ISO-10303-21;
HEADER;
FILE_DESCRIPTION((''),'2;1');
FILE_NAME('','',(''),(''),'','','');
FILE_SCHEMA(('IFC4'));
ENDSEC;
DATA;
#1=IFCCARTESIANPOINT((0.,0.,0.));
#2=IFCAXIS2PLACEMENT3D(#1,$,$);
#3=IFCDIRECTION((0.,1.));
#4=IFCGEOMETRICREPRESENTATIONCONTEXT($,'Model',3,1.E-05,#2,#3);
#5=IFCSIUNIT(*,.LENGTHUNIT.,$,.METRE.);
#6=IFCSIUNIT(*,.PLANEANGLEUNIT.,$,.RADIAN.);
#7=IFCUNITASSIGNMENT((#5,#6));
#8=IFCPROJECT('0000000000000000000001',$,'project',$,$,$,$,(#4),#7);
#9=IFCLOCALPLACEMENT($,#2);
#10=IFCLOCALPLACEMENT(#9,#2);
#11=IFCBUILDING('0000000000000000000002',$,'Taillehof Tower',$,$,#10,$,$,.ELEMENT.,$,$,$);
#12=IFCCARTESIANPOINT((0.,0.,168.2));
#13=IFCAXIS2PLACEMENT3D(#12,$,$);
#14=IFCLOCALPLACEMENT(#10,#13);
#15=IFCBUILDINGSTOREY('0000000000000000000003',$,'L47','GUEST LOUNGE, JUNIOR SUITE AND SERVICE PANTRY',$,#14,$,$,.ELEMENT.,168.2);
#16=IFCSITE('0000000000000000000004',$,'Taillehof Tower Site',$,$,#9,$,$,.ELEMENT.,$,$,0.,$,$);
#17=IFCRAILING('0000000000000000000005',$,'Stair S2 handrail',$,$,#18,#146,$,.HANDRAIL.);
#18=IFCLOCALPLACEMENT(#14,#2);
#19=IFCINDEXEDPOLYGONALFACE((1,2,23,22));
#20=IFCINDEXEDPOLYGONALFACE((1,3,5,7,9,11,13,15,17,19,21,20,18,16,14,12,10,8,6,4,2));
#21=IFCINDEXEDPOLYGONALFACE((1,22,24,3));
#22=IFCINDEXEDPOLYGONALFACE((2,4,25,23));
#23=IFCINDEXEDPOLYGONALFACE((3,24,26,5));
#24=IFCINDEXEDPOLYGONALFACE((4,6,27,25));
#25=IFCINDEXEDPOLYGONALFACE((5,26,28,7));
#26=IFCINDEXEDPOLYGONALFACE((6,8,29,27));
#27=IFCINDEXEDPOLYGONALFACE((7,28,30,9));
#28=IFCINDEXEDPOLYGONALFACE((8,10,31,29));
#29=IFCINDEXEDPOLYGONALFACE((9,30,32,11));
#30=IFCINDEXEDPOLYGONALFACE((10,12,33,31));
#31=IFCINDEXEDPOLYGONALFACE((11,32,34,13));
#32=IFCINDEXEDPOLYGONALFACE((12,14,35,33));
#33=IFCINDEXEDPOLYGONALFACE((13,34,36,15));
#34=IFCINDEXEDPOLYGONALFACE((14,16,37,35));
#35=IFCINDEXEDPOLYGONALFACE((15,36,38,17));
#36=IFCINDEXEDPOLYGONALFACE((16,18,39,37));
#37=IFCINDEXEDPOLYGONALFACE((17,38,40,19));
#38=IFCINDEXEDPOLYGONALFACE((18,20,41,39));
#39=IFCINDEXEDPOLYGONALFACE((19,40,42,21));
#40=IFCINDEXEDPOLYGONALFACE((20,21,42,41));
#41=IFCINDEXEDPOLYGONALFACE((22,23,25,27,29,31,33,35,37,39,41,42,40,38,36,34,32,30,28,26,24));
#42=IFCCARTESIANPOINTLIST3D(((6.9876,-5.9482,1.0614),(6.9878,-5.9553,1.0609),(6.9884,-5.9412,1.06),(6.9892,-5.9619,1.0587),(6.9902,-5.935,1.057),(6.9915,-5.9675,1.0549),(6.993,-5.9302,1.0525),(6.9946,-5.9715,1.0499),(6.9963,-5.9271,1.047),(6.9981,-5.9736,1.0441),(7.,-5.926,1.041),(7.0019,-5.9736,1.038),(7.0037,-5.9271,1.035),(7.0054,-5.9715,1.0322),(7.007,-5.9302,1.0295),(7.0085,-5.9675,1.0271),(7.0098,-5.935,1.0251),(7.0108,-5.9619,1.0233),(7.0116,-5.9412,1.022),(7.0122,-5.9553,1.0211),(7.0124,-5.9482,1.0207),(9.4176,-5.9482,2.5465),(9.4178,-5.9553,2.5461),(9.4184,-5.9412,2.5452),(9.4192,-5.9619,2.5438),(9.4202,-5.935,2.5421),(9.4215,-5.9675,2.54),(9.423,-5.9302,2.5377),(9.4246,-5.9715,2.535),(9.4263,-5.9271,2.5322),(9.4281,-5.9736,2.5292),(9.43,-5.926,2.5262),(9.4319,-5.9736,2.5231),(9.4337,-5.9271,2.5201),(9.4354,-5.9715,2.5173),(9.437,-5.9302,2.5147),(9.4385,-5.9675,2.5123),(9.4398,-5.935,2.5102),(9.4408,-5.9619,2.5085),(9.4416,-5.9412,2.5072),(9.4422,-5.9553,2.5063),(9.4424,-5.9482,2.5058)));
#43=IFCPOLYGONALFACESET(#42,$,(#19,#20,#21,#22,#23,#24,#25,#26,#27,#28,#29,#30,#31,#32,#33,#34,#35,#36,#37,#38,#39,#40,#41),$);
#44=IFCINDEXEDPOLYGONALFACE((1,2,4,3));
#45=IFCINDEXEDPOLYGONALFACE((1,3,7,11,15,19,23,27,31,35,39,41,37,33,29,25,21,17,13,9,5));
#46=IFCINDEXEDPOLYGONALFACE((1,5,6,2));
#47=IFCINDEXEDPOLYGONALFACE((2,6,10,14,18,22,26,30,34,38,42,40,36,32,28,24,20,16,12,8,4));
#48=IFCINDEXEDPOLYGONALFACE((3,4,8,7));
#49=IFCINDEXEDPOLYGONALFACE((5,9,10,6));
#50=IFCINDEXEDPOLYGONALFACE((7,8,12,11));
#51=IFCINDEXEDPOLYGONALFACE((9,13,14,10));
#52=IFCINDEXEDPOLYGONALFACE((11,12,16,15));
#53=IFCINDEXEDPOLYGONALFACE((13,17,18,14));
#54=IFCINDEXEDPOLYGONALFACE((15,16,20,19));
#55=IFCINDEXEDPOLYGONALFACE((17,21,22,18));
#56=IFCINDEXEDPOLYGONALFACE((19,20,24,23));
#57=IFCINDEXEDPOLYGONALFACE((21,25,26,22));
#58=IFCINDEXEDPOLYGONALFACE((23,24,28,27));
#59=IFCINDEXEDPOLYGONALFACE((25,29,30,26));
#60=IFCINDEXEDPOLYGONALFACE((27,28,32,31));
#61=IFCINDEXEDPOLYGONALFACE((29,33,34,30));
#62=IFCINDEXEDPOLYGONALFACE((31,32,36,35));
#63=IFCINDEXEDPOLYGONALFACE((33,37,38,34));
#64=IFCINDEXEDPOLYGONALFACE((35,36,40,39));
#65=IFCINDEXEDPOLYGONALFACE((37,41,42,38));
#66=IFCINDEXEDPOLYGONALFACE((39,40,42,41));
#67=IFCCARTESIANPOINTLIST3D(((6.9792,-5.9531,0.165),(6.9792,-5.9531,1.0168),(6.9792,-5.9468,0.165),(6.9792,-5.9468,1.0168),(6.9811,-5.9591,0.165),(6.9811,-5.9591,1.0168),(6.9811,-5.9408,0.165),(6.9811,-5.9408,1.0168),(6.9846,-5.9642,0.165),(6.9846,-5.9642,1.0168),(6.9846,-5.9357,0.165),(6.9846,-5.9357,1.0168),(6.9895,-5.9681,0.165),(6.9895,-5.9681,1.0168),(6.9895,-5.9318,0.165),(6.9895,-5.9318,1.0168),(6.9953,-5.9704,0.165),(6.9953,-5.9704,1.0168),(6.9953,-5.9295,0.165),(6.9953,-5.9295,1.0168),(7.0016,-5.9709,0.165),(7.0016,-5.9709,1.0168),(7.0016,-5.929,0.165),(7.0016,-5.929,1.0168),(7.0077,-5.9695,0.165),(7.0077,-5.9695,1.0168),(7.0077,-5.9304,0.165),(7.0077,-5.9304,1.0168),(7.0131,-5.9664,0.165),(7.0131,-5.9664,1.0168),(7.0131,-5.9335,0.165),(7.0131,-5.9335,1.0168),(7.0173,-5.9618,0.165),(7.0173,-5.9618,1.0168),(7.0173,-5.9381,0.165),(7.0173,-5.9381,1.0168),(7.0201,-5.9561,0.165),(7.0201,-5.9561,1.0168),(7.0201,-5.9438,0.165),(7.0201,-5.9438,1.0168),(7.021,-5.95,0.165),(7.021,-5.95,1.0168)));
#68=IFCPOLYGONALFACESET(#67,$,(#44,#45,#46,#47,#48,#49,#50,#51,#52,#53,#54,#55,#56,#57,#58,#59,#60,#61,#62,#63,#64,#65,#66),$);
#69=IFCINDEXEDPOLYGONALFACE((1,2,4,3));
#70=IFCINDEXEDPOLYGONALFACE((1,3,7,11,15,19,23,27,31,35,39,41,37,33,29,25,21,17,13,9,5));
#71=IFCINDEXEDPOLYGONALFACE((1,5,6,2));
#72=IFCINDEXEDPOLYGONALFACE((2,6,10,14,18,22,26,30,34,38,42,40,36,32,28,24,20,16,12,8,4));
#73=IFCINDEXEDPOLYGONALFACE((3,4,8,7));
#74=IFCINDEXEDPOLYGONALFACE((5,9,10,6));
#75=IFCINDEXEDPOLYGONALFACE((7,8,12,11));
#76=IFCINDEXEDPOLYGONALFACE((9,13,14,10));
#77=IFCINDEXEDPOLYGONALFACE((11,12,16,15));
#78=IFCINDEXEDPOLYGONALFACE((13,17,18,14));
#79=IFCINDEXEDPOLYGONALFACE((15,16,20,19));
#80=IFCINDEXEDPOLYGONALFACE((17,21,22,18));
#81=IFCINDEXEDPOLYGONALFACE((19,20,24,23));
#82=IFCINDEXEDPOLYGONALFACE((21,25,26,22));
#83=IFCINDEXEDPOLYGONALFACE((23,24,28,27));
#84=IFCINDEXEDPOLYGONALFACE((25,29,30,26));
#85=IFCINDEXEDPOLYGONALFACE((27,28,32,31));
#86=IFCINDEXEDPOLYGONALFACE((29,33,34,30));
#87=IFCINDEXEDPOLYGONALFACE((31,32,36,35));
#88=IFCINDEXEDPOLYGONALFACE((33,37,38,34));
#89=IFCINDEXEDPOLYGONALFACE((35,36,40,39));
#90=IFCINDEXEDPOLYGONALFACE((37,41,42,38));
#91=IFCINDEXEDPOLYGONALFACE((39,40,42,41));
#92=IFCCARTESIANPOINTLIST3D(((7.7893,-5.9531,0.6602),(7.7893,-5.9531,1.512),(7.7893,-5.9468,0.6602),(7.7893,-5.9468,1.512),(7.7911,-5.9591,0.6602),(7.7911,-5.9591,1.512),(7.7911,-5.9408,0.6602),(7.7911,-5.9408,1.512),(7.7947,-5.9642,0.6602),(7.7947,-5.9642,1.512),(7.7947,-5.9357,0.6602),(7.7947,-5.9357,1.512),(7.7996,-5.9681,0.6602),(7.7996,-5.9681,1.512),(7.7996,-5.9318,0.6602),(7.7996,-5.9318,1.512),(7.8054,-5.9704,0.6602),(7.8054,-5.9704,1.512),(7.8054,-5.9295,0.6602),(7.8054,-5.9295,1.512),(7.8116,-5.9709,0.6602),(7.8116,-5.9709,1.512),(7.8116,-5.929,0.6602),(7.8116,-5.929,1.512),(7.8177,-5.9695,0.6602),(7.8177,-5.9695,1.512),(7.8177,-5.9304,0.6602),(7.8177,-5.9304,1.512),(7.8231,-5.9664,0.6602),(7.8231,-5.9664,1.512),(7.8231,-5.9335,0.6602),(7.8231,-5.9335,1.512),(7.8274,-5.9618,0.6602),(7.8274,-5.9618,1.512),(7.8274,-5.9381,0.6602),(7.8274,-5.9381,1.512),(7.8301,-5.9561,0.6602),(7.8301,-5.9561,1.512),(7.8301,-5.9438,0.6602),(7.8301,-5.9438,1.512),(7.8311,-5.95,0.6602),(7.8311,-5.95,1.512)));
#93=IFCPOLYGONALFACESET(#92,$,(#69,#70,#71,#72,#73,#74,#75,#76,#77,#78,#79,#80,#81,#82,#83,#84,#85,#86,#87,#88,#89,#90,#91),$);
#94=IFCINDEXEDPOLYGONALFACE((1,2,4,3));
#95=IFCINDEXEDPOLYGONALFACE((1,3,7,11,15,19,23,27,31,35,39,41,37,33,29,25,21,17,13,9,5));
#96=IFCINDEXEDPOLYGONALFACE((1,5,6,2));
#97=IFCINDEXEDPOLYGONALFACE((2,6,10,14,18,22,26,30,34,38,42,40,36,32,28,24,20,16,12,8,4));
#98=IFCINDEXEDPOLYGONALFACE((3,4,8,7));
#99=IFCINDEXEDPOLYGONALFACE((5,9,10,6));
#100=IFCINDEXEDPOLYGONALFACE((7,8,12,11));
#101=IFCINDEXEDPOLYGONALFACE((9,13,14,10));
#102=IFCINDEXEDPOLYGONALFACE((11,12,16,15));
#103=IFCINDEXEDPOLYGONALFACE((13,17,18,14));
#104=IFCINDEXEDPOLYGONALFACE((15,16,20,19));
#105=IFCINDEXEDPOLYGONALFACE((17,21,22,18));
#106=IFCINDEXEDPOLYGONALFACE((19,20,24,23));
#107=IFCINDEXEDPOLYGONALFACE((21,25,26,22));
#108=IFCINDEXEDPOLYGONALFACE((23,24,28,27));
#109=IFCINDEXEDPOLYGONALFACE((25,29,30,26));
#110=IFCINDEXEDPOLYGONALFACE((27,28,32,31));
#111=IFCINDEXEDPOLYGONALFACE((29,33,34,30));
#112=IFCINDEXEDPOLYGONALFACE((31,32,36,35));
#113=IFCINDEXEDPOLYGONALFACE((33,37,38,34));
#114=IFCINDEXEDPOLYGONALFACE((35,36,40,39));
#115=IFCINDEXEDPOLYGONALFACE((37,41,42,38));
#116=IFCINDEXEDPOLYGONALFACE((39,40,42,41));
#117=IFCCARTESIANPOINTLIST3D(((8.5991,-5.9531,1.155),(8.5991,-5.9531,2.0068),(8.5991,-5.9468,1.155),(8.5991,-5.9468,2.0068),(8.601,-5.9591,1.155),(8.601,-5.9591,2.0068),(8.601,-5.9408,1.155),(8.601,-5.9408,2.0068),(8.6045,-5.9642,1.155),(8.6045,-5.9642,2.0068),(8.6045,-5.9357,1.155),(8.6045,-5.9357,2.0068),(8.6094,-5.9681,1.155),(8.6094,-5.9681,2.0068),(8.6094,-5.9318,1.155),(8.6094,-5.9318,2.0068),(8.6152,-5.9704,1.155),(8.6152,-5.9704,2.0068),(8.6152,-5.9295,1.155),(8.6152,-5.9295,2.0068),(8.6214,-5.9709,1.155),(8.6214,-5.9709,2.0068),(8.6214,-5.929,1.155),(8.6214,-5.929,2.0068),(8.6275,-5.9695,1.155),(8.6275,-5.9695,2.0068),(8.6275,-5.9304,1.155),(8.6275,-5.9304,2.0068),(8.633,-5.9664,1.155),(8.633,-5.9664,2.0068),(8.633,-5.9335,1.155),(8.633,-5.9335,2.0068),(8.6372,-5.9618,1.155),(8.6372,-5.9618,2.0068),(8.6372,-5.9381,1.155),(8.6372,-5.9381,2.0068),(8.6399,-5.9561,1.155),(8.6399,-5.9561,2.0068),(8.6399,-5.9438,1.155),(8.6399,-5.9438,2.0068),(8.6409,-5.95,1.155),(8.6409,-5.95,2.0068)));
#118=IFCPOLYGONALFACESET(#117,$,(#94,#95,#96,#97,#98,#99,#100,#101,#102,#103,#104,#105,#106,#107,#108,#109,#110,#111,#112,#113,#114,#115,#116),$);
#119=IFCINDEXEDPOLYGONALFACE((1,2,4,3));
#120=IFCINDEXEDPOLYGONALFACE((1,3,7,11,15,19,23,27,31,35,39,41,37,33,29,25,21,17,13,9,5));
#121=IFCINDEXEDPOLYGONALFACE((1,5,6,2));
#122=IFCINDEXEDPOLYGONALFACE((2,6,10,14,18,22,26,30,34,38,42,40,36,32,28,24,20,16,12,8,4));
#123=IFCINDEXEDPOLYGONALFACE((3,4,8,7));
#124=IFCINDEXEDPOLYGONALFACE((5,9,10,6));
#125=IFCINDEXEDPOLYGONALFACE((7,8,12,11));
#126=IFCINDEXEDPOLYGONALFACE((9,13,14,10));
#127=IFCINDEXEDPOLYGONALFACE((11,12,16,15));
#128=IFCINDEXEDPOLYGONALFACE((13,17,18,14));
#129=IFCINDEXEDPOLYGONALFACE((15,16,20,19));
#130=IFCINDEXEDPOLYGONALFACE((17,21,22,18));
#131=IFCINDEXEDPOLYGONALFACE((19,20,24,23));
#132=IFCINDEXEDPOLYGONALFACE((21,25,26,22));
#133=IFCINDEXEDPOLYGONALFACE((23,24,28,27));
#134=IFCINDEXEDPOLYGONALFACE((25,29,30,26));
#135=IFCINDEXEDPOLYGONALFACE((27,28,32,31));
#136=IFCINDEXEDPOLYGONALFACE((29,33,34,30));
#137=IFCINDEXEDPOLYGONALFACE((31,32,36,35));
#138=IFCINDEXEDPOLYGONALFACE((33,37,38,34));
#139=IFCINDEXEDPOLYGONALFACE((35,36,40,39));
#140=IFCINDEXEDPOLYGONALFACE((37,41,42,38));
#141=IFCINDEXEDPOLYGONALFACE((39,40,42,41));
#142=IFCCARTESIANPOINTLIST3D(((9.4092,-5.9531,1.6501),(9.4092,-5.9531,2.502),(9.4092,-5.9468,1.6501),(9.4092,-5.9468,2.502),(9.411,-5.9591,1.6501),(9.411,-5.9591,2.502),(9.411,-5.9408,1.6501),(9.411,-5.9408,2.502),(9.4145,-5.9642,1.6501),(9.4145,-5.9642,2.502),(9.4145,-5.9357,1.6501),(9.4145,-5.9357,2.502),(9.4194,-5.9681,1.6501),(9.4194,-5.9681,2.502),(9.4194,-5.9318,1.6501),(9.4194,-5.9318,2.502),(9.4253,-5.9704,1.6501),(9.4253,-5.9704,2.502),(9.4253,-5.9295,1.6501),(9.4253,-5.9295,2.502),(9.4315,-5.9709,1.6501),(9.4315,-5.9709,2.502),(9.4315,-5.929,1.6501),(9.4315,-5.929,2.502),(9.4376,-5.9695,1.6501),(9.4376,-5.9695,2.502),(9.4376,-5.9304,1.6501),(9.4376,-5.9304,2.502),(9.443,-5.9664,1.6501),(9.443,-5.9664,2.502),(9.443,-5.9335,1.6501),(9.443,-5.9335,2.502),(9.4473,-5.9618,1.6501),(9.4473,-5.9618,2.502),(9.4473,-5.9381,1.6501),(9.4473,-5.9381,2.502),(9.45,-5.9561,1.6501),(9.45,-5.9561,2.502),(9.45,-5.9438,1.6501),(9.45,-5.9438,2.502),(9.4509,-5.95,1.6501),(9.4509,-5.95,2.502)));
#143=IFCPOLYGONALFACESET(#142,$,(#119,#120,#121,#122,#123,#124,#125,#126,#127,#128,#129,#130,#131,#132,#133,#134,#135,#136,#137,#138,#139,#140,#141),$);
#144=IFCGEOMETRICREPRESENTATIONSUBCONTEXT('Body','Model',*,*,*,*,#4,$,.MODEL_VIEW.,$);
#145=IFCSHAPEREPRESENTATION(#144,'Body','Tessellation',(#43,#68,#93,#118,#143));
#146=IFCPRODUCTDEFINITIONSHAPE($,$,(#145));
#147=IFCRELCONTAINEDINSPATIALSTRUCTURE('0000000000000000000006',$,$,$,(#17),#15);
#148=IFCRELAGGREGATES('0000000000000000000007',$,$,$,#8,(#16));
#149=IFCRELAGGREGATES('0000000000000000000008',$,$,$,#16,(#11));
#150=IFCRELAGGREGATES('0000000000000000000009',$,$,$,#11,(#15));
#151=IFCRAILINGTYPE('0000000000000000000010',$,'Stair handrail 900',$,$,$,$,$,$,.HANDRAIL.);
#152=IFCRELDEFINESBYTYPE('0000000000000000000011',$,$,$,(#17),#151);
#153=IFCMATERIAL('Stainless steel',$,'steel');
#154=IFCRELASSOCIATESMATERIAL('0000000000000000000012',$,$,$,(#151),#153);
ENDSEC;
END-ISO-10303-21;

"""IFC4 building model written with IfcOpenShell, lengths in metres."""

from ifc_helpers import new_model, si_unit, direction, frame, origin, origin_2d, place, context, subcontext, project, spatial, circle, extrude, material, type_object, element, save


model = new_model("IFC4")

# Units and contexts
model_context = context("Model", 3, precision=1e-05, world=origin(), true_north=direction((0.0, 1.0)))
body_context = subcontext(model_context, "Body", "Model", "MODEL_VIEW")
ifc_project = project(units=[si_unit("LENGTHUNIT", "METRE"), si_unit("PLANEANGLEUNIT", "RADIAN")], contexts=[model_context])

# Site, building, storey
site_placement = place(None, origin())
site = spatial("IfcSite", under=ifc_project, at=site_placement, Name="Taillehof Tower Site", CompositionType="ELEMENT", RefElevation=0.0)
building_placement = place(site_placement, origin())
building = spatial("IfcBuilding", under=site, at=building_placement, Name="Taillehof Tower", CompositionType="ELEMENT")
storey_placement = place(building_placement, frame((0.0, 0.0, 168.2)))
storey = spatial("IfcBuildingStorey", under=building, at=storey_placement, Name="L47", Description="GUEST LOUNGE, JUNIOR SUITE AND SERVICE PANTRY", CompositionType="ELEMENT", Elevation=168.2)

# Railing
ifc_material_1 = material(Name="Stainless steel", Category="steel")
railing_type = type_object("IfcRailingType", Name="Stair handrail 900", PredefinedType="HANDRAIL", material=ifc_material_1)
railing_placement = place(storey_placement, frame((7.0, -5.95, 0.165)))
element("IfcRailing", 1, at=railing_placement, inside=storey, type_object=railing_type, Name="Stair S2 handrail", PredefinedType="HANDRAIL", context=body_context, shape_type="SweptSolid", body=[
    extrude(circle(Radius=0.0239, at=origin_2d()), frame((0.0, 0.0, 0.876), z_axis=(0.853259, 0.0, 0.521488), x_axis=(0.0, 1.0, 0.0)), (0.0, 0.0, 1.0), 2.8479),
    extrude(circle(Radius=0.021, at=origin_2d()), origin(), (0.0, 0.0, 1.0), 0.8518),
    extrude(circle(Radius=0.021, at=origin_2d()), frame((0.8101, 0.0, 0.4951)), (0.0, 0.0, 1.0), 0.8518),
    extrude(circle(Radius=0.021, at=origin_2d()), frame((1.6199, 0.0, 0.99)), (0.0, 0.0, 1.0), 0.8518),
    extrude(circle(Radius=0.021, at=origin_2d()), frame((2.4299, 0.0, 1.4851)), (0.0, 0.0, 1.0), 0.8518),
])

save(model, "model.ifc")
